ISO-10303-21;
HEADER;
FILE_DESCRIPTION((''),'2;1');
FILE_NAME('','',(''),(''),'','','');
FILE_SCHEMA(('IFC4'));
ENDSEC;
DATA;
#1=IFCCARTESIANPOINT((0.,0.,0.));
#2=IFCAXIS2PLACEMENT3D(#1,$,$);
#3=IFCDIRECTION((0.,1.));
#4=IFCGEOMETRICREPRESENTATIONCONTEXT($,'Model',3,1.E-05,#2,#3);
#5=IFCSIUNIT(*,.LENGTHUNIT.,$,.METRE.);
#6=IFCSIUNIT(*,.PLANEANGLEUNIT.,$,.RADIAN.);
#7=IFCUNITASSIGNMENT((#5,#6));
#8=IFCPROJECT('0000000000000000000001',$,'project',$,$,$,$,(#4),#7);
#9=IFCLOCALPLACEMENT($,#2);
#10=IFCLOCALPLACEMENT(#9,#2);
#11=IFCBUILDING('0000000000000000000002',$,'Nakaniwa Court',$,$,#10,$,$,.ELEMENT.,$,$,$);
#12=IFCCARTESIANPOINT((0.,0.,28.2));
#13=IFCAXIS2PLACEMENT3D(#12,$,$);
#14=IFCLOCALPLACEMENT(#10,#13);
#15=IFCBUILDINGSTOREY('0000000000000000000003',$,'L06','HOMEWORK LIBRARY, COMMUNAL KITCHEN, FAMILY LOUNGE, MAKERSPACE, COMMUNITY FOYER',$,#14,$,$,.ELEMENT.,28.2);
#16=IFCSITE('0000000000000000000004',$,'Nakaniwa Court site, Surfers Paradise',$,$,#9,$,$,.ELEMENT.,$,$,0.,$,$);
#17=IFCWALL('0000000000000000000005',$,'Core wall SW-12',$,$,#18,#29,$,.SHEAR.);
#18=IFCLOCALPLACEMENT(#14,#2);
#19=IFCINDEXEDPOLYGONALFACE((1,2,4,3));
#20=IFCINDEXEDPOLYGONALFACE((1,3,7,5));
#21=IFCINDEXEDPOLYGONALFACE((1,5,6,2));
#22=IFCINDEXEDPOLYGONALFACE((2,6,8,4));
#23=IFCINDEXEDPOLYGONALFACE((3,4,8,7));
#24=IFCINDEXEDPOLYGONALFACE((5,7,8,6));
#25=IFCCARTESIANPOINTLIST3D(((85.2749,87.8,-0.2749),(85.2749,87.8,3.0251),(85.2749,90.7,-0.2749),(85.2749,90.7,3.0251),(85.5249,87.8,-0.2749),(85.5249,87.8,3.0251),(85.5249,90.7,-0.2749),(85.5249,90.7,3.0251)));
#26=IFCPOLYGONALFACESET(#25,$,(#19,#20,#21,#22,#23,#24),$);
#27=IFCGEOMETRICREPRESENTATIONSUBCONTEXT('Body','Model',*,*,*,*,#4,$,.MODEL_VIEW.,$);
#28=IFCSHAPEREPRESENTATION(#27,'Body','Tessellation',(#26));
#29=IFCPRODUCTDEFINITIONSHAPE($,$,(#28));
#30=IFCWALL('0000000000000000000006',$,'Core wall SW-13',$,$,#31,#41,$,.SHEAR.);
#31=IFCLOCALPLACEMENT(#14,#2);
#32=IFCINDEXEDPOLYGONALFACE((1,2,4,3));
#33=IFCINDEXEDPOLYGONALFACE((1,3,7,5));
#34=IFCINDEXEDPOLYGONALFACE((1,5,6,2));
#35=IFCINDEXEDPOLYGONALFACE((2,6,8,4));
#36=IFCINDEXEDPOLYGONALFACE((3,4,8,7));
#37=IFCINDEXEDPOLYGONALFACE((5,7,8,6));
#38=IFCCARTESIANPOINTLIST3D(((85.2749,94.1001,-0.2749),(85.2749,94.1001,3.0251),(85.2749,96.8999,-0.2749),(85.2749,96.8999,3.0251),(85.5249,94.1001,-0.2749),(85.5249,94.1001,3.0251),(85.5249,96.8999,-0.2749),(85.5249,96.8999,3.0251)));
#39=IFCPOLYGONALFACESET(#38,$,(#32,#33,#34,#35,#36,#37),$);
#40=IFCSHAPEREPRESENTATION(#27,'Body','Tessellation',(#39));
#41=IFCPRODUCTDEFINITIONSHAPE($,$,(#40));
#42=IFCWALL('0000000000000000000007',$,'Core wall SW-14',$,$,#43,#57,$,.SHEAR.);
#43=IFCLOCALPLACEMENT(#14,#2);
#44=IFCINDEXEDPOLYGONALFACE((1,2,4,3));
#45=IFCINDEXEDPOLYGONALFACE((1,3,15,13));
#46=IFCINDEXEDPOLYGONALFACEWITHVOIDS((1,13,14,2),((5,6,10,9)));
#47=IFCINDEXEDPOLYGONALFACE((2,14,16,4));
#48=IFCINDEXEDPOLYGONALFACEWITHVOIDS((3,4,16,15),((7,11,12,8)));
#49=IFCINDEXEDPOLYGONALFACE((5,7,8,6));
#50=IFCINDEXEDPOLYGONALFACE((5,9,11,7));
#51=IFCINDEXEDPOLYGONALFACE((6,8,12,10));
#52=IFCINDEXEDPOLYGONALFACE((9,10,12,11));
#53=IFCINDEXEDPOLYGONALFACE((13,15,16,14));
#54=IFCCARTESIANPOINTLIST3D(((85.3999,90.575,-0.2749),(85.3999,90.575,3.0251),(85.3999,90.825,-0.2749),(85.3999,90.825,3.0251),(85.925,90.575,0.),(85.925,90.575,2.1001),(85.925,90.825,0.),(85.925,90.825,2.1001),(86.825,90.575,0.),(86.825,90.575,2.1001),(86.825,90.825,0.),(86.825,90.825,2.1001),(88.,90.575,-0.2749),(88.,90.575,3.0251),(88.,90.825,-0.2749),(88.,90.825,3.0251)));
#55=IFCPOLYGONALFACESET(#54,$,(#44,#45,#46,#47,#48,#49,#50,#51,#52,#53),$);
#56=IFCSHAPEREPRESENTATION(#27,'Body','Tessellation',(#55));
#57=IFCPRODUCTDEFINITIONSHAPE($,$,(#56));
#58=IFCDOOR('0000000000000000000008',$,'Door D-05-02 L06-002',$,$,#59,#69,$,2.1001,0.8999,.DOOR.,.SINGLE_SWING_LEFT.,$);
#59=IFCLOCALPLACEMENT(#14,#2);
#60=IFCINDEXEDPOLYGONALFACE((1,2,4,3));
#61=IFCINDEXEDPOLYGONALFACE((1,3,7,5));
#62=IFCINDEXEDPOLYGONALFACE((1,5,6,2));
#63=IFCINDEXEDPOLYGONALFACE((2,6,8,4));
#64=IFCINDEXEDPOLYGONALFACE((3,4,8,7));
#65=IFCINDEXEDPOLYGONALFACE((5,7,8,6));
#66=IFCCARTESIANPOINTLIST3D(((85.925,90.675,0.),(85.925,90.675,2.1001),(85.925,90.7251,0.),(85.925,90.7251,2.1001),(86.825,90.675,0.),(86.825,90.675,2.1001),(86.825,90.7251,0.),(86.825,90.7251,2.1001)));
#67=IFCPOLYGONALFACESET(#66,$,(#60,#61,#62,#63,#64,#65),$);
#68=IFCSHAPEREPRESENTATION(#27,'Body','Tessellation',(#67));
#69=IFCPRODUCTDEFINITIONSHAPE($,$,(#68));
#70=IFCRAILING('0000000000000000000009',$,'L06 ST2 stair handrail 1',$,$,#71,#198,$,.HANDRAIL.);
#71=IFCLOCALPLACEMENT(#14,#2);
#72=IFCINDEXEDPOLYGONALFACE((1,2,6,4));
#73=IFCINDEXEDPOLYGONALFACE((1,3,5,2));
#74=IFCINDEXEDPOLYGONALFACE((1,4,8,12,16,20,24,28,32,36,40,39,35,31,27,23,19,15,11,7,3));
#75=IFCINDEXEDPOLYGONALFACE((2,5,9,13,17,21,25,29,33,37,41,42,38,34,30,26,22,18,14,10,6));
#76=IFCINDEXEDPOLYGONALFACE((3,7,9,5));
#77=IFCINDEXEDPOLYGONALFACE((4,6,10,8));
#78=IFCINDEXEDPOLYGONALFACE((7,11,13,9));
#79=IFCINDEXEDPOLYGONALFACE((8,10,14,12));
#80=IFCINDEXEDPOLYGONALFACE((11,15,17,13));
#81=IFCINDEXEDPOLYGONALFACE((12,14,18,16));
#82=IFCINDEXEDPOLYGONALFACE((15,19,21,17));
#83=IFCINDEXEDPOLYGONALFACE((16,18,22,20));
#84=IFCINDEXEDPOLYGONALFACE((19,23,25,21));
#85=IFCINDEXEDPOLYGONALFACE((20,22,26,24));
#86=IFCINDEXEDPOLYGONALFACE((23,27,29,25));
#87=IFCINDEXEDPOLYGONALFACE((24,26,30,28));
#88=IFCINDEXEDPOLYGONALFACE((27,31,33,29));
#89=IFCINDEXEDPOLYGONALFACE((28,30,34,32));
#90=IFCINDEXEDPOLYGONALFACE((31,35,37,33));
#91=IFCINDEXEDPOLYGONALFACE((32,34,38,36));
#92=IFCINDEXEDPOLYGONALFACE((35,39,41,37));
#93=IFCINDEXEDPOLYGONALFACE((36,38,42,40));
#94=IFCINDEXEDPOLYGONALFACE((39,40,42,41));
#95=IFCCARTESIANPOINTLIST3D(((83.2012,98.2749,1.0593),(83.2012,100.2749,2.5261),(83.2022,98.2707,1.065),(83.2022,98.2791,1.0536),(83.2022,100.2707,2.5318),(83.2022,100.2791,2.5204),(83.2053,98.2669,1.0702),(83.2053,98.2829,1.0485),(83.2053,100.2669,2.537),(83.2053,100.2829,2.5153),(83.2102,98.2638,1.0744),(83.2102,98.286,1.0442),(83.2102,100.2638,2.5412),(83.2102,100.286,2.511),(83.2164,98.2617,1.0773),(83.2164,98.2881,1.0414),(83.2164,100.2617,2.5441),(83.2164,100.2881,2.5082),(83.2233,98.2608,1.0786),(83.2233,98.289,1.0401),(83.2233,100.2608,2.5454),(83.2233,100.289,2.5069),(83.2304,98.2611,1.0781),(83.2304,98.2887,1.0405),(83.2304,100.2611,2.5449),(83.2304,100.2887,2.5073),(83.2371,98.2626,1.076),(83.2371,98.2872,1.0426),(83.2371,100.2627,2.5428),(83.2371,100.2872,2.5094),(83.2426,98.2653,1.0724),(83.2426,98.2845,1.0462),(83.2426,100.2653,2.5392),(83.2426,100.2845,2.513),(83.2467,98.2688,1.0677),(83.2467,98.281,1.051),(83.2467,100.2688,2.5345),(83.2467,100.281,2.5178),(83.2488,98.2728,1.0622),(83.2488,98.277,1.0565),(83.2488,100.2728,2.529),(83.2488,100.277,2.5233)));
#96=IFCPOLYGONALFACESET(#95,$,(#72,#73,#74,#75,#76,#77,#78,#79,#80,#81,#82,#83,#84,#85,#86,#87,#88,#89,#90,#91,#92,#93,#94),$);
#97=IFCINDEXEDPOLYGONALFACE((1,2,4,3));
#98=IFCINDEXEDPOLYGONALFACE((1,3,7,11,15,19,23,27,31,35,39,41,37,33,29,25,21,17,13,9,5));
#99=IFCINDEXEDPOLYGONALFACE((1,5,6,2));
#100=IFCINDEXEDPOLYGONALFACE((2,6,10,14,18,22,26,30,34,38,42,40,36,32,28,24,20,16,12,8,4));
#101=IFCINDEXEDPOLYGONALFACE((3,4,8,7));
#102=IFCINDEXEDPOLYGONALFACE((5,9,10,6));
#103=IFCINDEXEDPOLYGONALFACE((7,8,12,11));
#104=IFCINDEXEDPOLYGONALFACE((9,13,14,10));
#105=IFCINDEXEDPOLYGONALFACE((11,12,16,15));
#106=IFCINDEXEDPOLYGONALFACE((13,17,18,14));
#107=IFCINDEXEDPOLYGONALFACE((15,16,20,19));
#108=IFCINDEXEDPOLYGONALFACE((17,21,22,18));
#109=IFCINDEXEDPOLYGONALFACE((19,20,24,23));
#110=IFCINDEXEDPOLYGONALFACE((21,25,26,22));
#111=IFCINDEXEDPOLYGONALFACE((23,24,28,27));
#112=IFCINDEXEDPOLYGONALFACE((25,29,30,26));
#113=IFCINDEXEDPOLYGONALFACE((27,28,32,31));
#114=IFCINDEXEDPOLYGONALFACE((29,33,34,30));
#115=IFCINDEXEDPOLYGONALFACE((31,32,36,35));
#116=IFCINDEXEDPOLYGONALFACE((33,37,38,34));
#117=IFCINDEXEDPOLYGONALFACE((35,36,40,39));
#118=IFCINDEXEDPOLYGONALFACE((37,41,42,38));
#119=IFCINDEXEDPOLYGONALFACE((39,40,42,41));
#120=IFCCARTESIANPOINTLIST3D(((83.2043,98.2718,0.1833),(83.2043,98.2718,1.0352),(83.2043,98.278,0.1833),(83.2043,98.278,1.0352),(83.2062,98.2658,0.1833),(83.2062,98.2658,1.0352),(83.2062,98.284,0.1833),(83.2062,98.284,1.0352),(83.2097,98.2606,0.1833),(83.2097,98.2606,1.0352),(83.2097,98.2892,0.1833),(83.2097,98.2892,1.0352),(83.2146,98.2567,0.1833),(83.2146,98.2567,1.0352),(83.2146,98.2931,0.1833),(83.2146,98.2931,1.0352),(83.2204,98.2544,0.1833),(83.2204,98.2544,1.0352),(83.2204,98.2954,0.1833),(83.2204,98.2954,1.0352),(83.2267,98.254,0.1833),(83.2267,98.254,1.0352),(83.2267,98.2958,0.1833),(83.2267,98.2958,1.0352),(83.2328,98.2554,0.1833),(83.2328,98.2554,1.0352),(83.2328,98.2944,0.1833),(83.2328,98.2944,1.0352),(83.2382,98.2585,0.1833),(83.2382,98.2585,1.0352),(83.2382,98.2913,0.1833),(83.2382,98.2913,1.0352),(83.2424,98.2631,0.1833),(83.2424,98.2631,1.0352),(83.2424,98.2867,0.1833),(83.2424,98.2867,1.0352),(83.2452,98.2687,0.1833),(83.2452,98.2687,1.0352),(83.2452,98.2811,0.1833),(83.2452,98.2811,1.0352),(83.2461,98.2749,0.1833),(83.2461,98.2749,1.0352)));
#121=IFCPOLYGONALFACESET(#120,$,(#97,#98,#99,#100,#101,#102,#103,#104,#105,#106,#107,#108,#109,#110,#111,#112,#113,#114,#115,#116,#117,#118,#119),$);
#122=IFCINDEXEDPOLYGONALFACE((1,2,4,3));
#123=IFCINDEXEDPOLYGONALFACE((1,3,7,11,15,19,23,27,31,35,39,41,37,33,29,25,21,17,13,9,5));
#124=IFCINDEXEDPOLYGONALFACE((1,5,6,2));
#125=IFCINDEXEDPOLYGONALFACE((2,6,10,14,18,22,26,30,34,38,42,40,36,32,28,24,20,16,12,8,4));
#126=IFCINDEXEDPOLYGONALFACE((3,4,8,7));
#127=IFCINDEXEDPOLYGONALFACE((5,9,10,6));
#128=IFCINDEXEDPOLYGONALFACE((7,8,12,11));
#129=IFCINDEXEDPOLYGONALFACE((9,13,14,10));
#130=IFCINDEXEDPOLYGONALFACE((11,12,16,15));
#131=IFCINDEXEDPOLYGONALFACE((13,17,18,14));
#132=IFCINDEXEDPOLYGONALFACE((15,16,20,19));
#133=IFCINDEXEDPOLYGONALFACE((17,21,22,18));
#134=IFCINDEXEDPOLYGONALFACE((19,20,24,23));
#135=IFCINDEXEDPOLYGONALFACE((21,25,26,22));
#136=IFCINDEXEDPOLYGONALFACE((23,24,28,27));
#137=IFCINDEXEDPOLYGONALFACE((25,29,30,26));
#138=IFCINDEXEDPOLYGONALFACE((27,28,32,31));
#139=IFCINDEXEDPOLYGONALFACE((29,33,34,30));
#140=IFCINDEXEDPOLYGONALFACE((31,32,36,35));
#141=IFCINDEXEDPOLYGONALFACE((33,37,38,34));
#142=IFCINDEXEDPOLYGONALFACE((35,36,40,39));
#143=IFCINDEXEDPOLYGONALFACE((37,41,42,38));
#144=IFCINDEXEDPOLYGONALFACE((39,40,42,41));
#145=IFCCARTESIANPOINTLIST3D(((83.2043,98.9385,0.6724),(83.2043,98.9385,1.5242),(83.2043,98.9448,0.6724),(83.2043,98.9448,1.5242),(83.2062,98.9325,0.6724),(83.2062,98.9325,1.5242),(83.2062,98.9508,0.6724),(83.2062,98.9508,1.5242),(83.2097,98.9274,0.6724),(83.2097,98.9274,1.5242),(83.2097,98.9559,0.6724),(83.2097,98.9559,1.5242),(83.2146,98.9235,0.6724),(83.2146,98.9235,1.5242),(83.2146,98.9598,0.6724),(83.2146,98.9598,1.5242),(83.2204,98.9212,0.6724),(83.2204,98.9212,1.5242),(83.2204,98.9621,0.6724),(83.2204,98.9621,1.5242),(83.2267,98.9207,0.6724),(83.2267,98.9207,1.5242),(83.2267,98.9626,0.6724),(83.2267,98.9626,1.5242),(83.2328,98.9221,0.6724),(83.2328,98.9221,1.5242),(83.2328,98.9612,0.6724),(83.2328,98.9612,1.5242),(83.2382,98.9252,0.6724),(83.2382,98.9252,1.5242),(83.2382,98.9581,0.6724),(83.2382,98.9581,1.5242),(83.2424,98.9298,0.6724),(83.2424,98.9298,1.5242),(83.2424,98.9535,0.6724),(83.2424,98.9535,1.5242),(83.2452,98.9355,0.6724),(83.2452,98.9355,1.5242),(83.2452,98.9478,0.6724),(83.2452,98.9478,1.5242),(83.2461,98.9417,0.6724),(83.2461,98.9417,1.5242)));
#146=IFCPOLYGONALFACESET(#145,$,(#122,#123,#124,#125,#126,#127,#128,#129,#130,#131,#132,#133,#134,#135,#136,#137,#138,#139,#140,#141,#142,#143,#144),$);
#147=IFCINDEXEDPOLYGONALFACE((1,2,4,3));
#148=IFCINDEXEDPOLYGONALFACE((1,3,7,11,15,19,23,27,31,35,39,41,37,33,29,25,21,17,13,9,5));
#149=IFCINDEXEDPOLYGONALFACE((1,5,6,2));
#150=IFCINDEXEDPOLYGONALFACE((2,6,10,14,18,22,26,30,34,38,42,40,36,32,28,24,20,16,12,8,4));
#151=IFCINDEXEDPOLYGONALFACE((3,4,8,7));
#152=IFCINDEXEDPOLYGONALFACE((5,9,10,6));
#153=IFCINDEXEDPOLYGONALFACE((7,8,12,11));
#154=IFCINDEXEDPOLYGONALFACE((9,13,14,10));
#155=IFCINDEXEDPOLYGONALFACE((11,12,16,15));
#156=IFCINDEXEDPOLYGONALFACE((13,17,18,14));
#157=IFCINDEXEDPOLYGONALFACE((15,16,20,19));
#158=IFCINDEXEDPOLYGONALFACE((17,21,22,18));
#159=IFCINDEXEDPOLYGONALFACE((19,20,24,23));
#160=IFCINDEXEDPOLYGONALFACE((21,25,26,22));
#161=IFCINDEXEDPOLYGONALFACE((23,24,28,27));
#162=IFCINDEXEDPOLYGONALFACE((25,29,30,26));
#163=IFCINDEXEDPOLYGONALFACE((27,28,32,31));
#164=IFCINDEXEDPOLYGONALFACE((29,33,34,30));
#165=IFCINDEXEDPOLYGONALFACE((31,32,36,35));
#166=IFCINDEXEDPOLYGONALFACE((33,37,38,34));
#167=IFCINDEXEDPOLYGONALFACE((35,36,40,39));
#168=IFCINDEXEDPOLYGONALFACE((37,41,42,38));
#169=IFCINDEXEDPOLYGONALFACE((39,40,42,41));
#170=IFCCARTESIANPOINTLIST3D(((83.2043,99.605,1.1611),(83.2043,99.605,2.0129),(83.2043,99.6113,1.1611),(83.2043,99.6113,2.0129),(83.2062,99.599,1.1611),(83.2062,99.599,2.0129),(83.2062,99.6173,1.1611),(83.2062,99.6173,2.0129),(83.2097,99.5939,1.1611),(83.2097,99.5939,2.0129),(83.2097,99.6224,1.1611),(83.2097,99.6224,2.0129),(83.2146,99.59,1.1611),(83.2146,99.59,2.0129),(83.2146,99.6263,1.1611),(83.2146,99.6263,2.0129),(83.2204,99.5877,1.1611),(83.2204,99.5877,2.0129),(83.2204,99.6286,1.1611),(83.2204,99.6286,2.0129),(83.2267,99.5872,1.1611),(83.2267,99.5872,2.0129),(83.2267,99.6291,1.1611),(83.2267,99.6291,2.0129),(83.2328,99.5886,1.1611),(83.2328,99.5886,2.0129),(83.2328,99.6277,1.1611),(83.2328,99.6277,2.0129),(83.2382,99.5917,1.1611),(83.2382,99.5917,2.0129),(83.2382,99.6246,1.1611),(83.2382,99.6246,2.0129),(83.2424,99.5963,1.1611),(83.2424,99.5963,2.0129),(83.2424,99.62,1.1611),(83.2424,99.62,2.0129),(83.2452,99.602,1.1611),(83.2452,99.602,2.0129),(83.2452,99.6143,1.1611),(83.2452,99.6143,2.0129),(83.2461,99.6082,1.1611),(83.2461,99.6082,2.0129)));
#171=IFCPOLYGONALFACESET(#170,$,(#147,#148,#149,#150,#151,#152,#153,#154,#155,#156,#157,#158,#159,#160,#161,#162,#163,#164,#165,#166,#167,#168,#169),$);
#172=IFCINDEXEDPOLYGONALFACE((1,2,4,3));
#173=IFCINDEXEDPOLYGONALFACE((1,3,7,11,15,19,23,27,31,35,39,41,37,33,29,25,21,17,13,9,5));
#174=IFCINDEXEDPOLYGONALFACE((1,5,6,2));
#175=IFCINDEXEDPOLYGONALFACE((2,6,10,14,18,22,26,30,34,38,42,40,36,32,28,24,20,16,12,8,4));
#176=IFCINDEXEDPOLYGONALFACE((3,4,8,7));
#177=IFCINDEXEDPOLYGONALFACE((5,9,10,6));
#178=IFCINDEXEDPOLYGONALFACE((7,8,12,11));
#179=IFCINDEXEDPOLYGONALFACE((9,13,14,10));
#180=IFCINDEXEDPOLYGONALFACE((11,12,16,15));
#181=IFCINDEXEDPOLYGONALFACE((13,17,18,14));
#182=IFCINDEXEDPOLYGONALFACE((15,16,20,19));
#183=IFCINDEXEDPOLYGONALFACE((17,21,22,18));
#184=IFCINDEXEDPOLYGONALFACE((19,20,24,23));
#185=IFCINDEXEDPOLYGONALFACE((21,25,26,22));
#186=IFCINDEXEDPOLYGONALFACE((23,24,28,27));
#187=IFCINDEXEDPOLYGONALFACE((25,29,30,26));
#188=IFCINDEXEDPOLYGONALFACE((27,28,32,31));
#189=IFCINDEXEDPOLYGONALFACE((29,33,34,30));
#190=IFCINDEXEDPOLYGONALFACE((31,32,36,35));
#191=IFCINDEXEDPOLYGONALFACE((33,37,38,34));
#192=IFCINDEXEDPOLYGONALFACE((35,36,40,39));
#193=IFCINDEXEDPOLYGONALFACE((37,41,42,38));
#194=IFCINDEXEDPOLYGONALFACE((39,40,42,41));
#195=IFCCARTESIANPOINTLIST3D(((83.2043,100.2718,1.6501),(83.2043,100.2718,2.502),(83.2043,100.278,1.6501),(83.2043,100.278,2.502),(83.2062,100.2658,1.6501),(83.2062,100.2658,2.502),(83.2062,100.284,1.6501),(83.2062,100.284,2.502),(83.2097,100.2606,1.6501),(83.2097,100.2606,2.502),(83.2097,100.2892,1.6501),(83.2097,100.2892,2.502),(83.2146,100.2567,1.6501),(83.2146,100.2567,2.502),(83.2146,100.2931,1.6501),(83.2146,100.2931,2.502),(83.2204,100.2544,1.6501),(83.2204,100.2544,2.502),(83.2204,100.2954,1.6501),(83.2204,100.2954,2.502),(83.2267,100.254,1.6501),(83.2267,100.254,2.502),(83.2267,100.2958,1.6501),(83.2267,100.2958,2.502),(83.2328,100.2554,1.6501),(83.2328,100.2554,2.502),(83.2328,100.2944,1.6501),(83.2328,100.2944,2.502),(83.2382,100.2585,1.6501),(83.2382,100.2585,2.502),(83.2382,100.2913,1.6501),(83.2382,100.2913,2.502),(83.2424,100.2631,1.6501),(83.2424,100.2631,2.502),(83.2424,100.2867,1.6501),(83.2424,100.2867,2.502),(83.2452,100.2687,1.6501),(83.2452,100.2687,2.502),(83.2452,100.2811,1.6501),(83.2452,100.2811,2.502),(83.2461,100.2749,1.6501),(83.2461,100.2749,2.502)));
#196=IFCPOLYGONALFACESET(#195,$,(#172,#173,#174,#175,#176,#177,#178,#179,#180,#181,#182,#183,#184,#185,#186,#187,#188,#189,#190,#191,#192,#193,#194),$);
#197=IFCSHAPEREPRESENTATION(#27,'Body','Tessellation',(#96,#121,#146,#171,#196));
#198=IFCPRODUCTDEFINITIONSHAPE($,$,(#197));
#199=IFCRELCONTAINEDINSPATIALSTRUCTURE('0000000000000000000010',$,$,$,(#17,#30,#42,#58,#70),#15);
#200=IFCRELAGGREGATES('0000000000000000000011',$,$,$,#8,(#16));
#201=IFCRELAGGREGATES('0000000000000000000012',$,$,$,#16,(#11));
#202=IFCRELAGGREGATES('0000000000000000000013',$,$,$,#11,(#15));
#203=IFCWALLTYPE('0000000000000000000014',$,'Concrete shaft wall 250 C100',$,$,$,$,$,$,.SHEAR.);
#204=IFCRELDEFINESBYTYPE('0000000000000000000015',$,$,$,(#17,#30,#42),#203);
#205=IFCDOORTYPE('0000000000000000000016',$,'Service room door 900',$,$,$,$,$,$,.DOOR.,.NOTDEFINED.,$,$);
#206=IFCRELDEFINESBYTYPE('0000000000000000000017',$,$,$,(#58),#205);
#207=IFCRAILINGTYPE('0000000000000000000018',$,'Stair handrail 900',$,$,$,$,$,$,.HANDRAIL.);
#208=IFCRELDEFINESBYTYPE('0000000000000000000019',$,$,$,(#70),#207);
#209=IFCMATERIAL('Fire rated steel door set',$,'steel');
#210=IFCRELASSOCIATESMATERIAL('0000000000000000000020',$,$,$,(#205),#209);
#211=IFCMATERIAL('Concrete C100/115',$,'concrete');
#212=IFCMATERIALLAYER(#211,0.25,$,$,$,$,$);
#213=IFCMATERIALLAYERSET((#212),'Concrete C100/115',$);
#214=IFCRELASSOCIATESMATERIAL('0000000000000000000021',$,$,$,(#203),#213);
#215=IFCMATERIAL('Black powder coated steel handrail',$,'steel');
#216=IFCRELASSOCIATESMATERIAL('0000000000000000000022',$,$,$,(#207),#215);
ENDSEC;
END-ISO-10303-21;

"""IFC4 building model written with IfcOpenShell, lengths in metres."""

from ifc_helpers import new_model, si_unit, direction, frame, frame_2d, origin, origin_2d, place, context, subcontext, project, spatial, rectangle, circle, extrude, material, layer, layer_set, type_object, element, fill, save


model = new_model("IFC4")

# Units and contexts
model_context = context("Model", 3, precision=1e-05, world=origin(), true_north=direction((0.0, 1.0)))
body_context = subcontext(model_context, "Body", "Model", "MODEL_VIEW")
ifc_project = project(units=[si_unit("LENGTHUNIT", "METRE"), si_unit("PLANEANGLEUNIT", "RADIAN")], contexts=[model_context])

# Site, building, storey
site_placement = place(None, origin())
site = spatial("IfcSite", under=ifc_project, at=site_placement, Name="Nakaniwa Court site, Surfers Paradise", CompositionType="ELEMENT", RefElevation=0.0)
building_placement = place(site_placement, origin())
building = spatial("IfcBuilding", under=site, at=building_placement, Name="Nakaniwa Court", CompositionType="ELEMENT")
storey_placement = place(building_placement, frame((0.0, 0.0, 28.2)))
storey = spatial("IfcBuildingStorey", under=building, at=storey_placement, Name="L06", Description="HOMEWORK LIBRARY, COMMUNAL KITCHEN, FAMILY LOUNGE, MAKERSPACE, COMMUNITY FOYER", CompositionType="ELEMENT", Elevation=28.2)

# Shared definitions
ifc_material_1 = material(Name="Concrete C100/115", Category="concrete")

# Shared definitions
ifc_material_2 = material(Name="Fire rated steel door set", Category="steel")
door_type_1 = type_object("IfcDoorType", Name="Service room door 900", OperationType="NOTDEFINED", PredefinedType="DOOR", material=ifc_material_2)

# Walls
ifc_layer_1 = layer(ifc_material_1, 0.25)
ifc_layer_set_1 = layer_set([ifc_layer_1], Name="Concrete C100/115")
wall_type_1 = type_object("IfcWallType", Name="Concrete shaft wall 250 C100", PredefinedType="SHEAR", material=ifc_layer_set_1)
wall_1_placement = place(storey_placement, frame((85.3999, 87.8, -0.2749), z_axis=(0.0, 0.0, 1.0), x_axis=(0.0, 1.0, 0.0)))
element("IfcWall", 1, at=wall_1_placement, inside=storey, type_object=wall_type_1, Name="Core wall SW-12", PredefinedType="SHEAR", context=body_context, shape_type="SweptSolid", body=[
    extrude(rectangle(XDim=2.8999, YDim=0.25, at=frame_2d((1.45, 0.0))), origin(), (0.0, 0.0, 1.0), 3.3),
])
wall_2_placement = place(storey_placement, frame((85.3999, 94.1001, -0.2749), z_axis=(0.0, 0.0, 1.0), x_axis=(0.0, 1.0, 0.0)))
element("IfcWall", 2, at=wall_2_placement, inside=storey, type_object=wall_type_1, Name="Core wall SW-13", PredefinedType="SHEAR", context=body_context, shape_type="SweptSolid", body=[
    extrude(rectangle(XDim=2.7998, YDim=0.25, at=frame_2d((1.3999, 0.0))), origin(), (0.0, 0.0, 1.0), 3.3),
])

# Wall, opening, door
wall_3_placement = place(storey_placement, frame((88.0, 90.7, -0.2749), z_axis=(0.0, 0.0, 1.0), x_axis=(-1.0, 0.0, 0.0)))
wall_3 = element("IfcWall", 3, at=wall_3_placement, inside=storey, type_object=wall_type_1, Name="Core wall SW-14", PredefinedType="SHEAR", context=body_context, shape_type="SweptSolid", body=[
    extrude(rectangle(XDim=2.6001, YDim=0.25, at=frame_2d((1.3, 0.0))), origin(), (0.0, 0.0, 1.0), 3.3),
])
opening_1_placement = place(wall_3_placement, frame((1.175, 0.0, 0.2749)))
opening_1 = element("IfcOpeningElement", 4, at=opening_1_placement, cuts=wall_3, PredefinedType="OPENING", context=body_context, shape_type="SweptSolid", body=[
    extrude(rectangle(XDim=0.8999, YDim=2.1001, at=frame_2d((0.45, 1.05))), frame((0.0, 0.135, 0.0), z_axis=(0.0, -1.0, 0.0), x_axis=(1.0, 0.0, 0.0)), (0.0, 0.0, 1.0), 0.27),
])
door_1_placement = place(opening_1_placement, origin())
door_1 = element("IfcDoor", 5, at=door_1_placement, inside=storey, type_object=door_type_1, Name="Door D-05-02 L06-002", OperationType="SINGLE_SWING_LEFT", OverallHeight=2.1001, OverallWidth=0.8999, PredefinedType="DOOR", context=body_context, shape_type="SweptSolid", body=[
    extrude(rectangle(XDim=0.8999, YDim=2.1001, at=frame_2d((0.45, 1.05))), frame((0.0, 0.0249, 0.0), z_axis=(0.0, -1.0, 0.0), x_axis=(1.0, 0.0, 0.0)), (0.0, 0.0, 1.0), 0.05),
])
fill(opening_1, door_1)

# Railing
ifc_material_3 = material(Name="Black powder coated steel handrail", Category="steel")
railing_type = type_object("IfcRailingType", Name="Stair handrail 900", PredefinedType="HANDRAIL", material=ifc_material_3)
railing_placement = place(storey_placement, frame((83.2251, 98.2749, 0.1833)))
element("IfcRailing", 6, at=railing_placement, inside=storey, type_object=railing_type, Name="L06 ST2 stair handrail 1", PredefinedType="HANDRAIL", context=body_context, shape_type="SweptSolid", body=[
    extrude(circle(Radius=0.0239, at=origin_2d()), frame((0.0, 0.0, 0.876), z_axis=(0.0, 0.80638, 0.591398), x_axis=(-1.0, 0.0, 0.0)), (0.0, 0.0, 1.0), 2.4802),
    extrude(circle(Radius=0.021, at=origin_2d()), origin(), (0.0, 0.0, 1.0), 0.8518),
    extrude(circle(Radius=0.021, at=origin_2d()), frame((0.0, 0.6667, 0.489)), (0.0, 0.0, 1.0), 0.8518),
    extrude(circle(Radius=0.021, at=origin_2d()), frame((0.0, 1.3333, 0.9778)), (0.0, 0.0, 1.0), 0.8518),
    extrude(circle(Radius=0.021, at=origin_2d()), frame((0.0, 2.0, 1.4668)), (0.0, 0.0, 1.0), 0.8518),
])

save(model, "model.ifc")
